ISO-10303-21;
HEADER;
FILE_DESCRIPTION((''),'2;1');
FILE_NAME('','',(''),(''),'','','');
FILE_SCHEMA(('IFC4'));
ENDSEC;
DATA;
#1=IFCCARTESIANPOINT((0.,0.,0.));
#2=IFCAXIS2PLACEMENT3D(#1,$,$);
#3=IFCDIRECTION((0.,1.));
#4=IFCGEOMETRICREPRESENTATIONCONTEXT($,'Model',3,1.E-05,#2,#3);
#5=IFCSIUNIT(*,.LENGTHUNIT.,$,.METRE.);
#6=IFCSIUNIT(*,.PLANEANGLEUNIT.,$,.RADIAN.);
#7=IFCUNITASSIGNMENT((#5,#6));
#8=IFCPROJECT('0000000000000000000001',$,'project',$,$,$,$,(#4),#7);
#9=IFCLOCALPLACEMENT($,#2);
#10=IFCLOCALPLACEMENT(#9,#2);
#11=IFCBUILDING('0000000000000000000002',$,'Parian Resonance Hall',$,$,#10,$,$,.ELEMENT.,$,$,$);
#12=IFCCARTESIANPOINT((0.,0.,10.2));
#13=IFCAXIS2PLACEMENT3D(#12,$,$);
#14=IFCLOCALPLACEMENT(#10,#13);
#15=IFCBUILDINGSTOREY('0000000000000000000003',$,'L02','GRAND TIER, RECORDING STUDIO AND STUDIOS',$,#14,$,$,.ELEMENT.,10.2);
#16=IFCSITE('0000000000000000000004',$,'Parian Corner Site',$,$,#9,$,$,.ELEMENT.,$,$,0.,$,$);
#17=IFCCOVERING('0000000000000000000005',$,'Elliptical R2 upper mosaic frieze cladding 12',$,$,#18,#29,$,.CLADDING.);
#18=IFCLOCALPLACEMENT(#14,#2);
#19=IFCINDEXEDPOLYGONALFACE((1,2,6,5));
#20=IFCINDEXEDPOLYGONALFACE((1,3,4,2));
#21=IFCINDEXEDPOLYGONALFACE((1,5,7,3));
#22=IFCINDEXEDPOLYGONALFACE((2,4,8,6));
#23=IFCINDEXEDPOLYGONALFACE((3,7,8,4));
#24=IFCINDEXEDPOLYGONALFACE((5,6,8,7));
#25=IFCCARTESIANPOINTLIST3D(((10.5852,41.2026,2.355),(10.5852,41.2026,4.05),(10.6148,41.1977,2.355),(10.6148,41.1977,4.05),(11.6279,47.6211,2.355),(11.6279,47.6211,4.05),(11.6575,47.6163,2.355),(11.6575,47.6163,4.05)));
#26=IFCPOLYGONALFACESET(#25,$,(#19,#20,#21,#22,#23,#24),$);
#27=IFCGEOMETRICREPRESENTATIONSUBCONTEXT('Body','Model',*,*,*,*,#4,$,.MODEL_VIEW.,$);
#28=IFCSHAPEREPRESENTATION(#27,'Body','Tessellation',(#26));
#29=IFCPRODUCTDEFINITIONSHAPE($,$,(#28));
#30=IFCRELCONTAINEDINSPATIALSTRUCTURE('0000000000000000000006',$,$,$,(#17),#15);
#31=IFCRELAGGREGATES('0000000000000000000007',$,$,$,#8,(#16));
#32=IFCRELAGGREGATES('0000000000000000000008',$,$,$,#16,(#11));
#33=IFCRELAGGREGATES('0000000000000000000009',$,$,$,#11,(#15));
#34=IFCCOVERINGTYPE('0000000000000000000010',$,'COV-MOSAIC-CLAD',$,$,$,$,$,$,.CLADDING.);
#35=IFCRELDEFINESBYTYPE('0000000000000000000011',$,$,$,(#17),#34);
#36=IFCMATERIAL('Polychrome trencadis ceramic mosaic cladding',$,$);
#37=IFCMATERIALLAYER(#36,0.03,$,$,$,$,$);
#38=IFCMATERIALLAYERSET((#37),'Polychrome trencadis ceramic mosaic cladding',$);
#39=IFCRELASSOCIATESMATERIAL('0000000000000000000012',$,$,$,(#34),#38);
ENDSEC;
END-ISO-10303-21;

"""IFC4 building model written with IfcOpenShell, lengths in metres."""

from ifc_helpers import new_model, si_unit, direction, frame, origin, origin_2d, place, context, subcontext, project, spatial, rectangle, extrude, material, layer, layer_set, type_object, element, save


model = new_model("IFC4")

# Units and contexts
model_context = context("Model", 3, precision=1e-05, world=origin(), true_north=direction((0.0, 1.0)))
body_context = subcontext(model_context, "Body", "Model", "MODEL_VIEW")
ifc_project = project(units=[si_unit("LENGTHUNIT", "METRE"), si_unit("PLANEANGLEUNIT", "RADIAN")], contexts=[model_context])

# Site, building, storey
site_placement = place(None, origin())
site = spatial("IfcSite", under=ifc_project, at=site_placement, Name="Parian Corner Site", CompositionType="ELEMENT", RefElevation=0.0)
building_placement = place(site_placement, origin())
building = spatial("IfcBuilding", under=site, at=building_placement, Name="Parian Resonance Hall", CompositionType="ELEMENT")
storey_placement = place(building_placement, frame((0.0, 0.0, 10.2)))
storey = spatial("IfcBuildingStorey", under=building, at=storey_placement, Name="L02", Description="GRAND TIER, RECORDING STUDIO AND STUDIOS", CompositionType="ELEMENT", Elevation=10.2)

# Covering
ifc_material_1 = material(Name="Polychrome trencadis ceramic mosaic cladding")
ifc_layer_1 = layer(ifc_material_1, 0.03)
ifc_layer_set_1 = layer_set([ifc_layer_1], Name="Polychrome trencadis ceramic mosaic cladding")
covering_type = type_object("IfcCoveringType", Name="COV-MOSAIC-CLAD", PredefinedType="CLADDING", material=ifc_layer_set_1)
covering_placement = place(storey_placement, frame((11.1213, 44.4094, 2.355), z_axis=(0.0, 0.0, 1.0), x_axis=(0.160345, 0.987061, 0.0)))
element("IfcCovering", 1, at=covering_placement, inside=storey, type_object=covering_type, Name="Elliptical R2 upper mosaic frieze cladding 12", PredefinedType="CLADDING", context=body_context, shape_type="SweptSolid", body=[
    extrude(rectangle(XDim=6.5027, YDim=0.03, at=origin_2d()), origin(), (0.0, 0.0, 1.0), 1.6951),
])

save(model, "model.ifc")
